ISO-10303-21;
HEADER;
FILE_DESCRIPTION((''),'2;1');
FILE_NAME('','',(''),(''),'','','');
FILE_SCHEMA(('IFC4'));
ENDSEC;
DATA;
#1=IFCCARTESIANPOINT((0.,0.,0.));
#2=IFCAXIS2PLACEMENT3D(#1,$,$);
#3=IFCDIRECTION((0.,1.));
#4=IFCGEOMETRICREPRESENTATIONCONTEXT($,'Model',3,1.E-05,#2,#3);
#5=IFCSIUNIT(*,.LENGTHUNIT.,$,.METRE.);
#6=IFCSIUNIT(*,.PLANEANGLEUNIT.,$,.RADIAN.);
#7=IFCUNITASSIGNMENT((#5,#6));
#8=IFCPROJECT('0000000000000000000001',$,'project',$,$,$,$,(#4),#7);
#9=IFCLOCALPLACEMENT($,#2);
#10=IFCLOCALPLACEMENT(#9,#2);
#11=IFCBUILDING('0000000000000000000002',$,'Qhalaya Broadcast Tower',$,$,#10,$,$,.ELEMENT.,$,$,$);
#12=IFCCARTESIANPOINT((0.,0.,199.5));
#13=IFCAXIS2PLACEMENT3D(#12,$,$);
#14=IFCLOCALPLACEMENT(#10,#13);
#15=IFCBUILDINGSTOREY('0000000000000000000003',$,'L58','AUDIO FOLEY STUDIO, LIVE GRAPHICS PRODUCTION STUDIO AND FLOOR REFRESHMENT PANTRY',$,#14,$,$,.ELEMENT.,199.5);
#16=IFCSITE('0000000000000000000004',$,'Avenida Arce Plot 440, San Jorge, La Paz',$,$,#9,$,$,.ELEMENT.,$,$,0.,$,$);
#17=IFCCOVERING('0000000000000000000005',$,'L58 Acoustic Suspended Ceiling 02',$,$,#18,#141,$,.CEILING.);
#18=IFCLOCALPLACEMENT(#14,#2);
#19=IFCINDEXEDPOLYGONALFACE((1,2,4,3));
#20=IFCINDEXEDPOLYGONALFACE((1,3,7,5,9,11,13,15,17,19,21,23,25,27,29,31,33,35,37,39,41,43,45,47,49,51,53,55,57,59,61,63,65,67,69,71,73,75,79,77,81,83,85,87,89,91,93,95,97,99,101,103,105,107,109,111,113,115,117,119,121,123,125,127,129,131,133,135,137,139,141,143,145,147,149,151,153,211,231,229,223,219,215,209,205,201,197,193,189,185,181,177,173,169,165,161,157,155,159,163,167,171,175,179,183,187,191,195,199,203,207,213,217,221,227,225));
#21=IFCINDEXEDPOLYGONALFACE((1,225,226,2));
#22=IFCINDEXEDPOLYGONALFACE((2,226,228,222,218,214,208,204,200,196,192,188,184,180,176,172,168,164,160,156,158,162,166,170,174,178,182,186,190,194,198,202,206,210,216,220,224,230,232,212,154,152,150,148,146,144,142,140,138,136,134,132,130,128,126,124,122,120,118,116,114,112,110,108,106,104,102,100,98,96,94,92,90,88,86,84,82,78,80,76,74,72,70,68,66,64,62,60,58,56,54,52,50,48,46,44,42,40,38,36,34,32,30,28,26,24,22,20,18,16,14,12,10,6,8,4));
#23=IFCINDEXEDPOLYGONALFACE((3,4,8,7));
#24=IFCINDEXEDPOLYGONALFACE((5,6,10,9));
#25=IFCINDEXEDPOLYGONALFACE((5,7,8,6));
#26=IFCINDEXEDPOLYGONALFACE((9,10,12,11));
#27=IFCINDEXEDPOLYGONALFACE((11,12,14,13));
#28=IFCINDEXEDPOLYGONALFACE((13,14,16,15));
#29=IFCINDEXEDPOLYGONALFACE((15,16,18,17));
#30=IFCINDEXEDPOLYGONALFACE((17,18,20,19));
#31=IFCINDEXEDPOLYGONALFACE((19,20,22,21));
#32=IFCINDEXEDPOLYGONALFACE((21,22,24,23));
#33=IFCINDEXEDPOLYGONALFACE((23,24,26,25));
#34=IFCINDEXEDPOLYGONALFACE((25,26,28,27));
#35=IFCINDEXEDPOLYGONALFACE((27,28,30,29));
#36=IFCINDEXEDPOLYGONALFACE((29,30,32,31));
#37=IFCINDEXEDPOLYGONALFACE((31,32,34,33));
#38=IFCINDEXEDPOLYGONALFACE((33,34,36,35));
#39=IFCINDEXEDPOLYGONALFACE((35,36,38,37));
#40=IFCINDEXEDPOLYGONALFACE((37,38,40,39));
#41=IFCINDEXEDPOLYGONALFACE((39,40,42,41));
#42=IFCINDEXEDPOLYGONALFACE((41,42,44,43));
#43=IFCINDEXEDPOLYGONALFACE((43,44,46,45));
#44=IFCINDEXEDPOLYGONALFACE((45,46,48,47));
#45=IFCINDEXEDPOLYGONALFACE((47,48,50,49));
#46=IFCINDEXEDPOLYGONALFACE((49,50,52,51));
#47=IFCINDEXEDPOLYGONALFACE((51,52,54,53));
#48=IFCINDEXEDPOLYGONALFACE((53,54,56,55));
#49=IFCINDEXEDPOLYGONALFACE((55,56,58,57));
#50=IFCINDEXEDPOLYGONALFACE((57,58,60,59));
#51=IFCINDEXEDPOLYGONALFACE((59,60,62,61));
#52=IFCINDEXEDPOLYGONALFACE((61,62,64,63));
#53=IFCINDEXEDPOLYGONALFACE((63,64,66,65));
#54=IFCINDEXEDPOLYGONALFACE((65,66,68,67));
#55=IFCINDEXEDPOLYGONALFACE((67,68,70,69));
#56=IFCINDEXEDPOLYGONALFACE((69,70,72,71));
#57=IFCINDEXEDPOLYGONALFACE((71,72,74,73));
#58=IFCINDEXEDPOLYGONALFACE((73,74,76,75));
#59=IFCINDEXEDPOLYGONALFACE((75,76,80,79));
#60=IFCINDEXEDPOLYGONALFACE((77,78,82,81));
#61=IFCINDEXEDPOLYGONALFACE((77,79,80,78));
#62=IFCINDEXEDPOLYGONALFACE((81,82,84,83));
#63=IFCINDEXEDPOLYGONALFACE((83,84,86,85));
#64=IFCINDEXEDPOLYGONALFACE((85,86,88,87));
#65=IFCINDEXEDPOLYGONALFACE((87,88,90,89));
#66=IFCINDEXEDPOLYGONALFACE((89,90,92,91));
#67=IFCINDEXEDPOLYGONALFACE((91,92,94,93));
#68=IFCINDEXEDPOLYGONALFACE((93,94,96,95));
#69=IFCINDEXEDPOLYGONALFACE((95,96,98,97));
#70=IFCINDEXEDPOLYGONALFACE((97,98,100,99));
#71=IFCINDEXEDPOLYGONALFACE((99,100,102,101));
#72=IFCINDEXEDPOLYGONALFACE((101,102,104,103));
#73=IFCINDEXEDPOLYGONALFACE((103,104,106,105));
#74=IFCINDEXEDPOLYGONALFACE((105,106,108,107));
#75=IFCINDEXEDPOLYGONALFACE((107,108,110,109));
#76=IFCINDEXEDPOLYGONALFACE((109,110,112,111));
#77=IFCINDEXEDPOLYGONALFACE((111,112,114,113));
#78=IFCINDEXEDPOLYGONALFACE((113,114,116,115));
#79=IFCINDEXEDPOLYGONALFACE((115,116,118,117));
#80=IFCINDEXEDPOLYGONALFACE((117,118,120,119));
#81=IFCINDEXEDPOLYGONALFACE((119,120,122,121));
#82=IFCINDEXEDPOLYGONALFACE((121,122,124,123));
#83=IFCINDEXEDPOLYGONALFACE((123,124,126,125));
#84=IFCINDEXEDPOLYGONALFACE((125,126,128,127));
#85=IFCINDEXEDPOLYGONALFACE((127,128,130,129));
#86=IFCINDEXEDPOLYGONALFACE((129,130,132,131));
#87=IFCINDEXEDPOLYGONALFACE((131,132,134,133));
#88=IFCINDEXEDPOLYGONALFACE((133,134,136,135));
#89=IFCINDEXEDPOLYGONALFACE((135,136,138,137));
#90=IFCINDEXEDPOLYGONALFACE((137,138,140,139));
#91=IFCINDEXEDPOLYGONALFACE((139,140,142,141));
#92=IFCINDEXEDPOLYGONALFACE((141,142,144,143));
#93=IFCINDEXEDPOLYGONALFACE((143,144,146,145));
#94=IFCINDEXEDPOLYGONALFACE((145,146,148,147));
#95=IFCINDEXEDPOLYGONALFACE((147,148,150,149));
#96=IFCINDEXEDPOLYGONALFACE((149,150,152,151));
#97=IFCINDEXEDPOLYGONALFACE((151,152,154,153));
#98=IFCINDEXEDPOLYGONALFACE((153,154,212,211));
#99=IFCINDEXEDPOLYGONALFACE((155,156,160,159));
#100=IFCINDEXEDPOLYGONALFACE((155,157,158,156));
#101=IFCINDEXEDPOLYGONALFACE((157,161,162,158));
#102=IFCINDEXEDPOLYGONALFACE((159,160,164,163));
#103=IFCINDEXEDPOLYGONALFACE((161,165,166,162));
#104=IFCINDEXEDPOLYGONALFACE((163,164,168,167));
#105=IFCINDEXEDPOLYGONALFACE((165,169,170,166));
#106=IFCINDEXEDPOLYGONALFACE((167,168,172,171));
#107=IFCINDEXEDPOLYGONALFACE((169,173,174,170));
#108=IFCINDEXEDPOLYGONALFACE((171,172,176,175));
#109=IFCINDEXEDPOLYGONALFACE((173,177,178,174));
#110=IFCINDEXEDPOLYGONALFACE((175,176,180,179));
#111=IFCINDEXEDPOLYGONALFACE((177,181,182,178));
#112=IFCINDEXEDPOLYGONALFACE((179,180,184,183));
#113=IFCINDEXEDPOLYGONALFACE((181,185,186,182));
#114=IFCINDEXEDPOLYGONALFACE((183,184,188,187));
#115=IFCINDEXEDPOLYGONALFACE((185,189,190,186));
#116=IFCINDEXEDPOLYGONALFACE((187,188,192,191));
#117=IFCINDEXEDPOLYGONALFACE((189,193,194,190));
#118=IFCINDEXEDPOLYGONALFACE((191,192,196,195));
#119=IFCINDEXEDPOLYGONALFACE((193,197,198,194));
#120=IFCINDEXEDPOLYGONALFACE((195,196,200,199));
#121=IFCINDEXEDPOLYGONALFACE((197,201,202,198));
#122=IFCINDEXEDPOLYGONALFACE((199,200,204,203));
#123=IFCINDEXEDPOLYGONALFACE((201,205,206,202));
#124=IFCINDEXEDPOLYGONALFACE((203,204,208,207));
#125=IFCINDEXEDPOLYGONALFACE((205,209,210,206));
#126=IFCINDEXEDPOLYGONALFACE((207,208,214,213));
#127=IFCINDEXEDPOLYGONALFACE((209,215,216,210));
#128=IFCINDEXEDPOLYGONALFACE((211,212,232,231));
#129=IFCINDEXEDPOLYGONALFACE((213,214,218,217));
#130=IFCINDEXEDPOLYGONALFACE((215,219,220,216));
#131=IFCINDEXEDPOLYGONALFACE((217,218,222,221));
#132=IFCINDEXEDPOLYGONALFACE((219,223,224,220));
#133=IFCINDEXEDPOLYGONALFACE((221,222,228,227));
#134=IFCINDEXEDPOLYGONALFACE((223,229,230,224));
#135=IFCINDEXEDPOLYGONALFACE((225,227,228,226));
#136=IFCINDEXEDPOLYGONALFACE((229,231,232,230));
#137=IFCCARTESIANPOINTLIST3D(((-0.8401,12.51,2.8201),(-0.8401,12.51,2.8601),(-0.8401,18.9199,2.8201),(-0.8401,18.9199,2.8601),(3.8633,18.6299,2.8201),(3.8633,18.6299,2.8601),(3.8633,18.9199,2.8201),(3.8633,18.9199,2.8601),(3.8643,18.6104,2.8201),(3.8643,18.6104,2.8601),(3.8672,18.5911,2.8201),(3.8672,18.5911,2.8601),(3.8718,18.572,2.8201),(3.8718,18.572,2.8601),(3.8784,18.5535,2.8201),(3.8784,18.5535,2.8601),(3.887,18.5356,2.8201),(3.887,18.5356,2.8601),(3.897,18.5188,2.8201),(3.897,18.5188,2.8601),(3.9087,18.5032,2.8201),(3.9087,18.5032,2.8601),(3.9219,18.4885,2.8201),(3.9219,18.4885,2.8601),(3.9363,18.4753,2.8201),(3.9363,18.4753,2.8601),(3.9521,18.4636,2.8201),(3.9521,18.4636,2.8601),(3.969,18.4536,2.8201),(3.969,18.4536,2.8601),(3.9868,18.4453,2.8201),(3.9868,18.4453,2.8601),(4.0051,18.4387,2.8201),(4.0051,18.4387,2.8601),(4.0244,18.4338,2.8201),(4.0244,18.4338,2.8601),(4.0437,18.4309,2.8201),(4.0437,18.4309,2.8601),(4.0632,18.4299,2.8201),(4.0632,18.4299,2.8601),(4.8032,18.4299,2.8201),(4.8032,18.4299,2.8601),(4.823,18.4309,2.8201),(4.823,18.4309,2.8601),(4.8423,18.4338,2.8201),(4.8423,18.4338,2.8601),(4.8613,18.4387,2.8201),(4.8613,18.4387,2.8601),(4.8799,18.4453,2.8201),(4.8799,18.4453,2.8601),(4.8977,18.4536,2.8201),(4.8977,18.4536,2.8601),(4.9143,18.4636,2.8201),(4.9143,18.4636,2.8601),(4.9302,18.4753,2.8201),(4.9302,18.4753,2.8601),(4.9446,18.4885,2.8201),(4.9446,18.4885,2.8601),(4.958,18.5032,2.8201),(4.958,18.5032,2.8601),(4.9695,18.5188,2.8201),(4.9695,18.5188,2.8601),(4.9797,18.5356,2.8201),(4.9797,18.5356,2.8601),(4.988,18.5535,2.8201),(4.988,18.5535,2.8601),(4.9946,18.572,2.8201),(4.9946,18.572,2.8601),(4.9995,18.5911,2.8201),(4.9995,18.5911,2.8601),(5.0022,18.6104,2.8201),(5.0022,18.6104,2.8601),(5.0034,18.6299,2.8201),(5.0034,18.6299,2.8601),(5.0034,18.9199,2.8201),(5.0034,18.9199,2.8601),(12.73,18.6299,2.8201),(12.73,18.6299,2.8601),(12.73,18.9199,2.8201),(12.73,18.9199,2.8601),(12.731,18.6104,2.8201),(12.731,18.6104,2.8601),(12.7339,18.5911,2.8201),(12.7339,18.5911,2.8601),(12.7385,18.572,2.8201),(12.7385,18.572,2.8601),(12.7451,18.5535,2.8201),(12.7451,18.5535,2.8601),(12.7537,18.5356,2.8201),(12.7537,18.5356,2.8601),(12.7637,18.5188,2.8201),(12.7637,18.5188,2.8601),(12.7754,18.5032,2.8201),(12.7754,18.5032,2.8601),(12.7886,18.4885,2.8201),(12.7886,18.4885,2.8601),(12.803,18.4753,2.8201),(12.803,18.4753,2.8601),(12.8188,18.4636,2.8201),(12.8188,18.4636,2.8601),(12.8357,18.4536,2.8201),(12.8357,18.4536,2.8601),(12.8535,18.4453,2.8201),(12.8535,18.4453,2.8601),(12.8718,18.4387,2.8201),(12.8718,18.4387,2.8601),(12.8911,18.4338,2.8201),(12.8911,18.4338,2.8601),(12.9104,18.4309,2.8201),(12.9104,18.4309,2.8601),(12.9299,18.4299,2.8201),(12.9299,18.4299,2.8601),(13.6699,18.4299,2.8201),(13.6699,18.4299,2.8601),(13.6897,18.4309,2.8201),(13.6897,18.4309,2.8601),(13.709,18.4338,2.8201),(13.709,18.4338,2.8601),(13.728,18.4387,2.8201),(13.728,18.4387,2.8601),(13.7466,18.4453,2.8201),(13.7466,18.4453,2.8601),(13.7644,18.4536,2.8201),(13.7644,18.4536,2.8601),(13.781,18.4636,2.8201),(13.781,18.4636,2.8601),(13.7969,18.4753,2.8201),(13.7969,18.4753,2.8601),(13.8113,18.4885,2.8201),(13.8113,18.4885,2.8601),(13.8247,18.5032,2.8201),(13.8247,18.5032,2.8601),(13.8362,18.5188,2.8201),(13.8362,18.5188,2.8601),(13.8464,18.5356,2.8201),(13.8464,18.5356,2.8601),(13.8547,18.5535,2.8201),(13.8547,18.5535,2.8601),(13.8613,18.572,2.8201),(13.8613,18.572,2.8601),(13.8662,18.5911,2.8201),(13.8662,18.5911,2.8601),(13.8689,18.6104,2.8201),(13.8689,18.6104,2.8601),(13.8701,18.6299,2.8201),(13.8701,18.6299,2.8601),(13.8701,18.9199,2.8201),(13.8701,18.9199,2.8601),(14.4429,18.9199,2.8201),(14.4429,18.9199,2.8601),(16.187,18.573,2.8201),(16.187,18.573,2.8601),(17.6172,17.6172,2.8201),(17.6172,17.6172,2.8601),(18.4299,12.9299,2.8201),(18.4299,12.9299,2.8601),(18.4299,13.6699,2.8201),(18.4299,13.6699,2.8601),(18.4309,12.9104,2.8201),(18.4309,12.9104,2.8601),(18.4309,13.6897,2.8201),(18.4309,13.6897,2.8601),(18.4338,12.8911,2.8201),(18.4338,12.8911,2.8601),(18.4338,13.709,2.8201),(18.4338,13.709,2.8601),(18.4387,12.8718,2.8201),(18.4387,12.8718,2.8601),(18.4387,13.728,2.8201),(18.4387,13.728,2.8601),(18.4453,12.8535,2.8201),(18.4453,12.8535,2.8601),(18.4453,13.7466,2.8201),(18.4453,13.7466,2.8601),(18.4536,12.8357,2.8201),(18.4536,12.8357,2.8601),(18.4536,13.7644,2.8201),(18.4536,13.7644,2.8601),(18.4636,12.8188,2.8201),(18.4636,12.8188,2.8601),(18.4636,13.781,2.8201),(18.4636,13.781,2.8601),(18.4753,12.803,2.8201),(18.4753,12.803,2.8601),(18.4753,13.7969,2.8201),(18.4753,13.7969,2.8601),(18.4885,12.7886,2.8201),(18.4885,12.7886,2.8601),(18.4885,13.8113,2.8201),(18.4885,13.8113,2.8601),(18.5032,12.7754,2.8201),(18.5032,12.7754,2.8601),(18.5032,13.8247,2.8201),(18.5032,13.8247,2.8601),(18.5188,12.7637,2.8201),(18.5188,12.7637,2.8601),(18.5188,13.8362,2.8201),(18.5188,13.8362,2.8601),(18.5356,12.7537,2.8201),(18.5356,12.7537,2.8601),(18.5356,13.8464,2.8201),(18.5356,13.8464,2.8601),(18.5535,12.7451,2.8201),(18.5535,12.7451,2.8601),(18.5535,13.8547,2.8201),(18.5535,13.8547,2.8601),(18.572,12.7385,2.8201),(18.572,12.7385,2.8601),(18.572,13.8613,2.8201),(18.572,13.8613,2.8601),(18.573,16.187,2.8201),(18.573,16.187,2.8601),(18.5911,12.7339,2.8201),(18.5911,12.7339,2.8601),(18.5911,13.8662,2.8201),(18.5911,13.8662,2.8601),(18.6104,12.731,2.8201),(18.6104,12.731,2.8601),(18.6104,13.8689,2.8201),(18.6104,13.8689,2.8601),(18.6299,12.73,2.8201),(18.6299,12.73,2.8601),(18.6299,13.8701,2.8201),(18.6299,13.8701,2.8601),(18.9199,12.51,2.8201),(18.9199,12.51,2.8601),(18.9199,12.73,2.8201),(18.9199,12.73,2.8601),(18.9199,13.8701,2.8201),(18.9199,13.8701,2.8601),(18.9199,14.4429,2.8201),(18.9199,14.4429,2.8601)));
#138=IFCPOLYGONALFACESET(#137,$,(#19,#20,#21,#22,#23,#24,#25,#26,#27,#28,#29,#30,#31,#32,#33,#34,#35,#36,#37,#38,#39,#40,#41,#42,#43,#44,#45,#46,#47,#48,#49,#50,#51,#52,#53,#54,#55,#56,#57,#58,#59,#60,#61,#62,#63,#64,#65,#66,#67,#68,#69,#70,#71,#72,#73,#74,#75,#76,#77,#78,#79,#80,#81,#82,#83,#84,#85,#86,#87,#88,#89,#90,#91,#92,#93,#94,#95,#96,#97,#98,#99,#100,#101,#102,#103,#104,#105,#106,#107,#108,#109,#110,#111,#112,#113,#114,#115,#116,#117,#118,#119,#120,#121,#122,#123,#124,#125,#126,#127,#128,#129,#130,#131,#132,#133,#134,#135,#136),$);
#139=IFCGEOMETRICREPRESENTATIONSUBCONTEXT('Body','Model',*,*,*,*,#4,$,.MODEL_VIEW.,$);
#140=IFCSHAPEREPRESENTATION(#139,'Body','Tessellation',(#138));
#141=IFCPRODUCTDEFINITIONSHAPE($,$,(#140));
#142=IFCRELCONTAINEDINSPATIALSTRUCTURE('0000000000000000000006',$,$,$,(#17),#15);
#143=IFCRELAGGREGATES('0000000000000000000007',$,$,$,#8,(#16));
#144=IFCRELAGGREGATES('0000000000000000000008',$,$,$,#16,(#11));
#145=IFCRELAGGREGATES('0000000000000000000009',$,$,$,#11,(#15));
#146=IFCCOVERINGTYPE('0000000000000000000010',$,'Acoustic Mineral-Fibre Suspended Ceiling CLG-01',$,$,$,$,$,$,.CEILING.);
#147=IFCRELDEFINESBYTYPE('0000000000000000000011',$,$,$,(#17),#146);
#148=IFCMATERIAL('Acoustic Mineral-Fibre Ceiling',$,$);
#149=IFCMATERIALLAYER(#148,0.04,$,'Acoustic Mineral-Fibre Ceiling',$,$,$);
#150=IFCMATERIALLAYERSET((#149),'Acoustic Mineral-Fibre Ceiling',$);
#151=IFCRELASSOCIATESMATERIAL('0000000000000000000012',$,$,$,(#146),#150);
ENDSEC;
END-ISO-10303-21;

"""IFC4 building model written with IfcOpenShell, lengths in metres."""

from ifc_helpers import new_model, si_unit, direction, frame, origin, place, context, subcontext, project, spatial, polyline, outline, extrude, material, layer, layer_set, type_object, element, save


model = new_model("IFC4")

# Units and contexts
model_context = context("Model", 3, precision=1e-05, world=origin(), true_north=direction((0.0, 1.0)))
body_context = subcontext(model_context, "Body", "Model", "MODEL_VIEW")
ifc_project = project(units=[si_unit("LENGTHUNIT", "METRE"), si_unit("PLANEANGLEUNIT", "RADIAN")], contexts=[model_context])

# Site, building, storey
site_placement = place(None, origin())
site = spatial("IfcSite", under=ifc_project, at=site_placement, Name="Avenida Arce Plot 440, San Jorge, La Paz", CompositionType="ELEMENT", RefElevation=0.0)
building_placement = place(site_placement, origin())
building = spatial("IfcBuilding", under=site, at=building_placement, Name="Qhalaya Broadcast Tower", CompositionType="ELEMENT")
storey_placement = place(building_placement, frame((0.0, 0.0, 199.5)))
storey = spatial("IfcBuildingStorey", under=building, at=storey_placement, Name="L58", Description="AUDIO FOLEY STUDIO, LIVE GRAPHICS PRODUCTION STUDIO AND FLOOR REFRESHMENT PANTRY", CompositionType="ELEMENT", Elevation=199.5)

# Covering
ifc_material_1 = material(Name="Acoustic Mineral-Fibre Ceiling")
ifc_layer_1 = layer(ifc_material_1, 0.04, Name="Acoustic Mineral-Fibre Ceiling")
ifc_layer_set_1 = layer_set([ifc_layer_1], Name="Acoustic Mineral-Fibre Ceiling")
covering_type = type_object("IfcCoveringType", Name="Acoustic Mineral-Fibre Suspended Ceiling CLG-01", PredefinedType="CEILING", material=ifc_layer_set_1)
covering_1_placement = place(storey_placement, frame((0.0, 0.0, 2.8201)))
element("IfcCovering", 1, at=covering_1_placement, inside=storey, type_object=covering_type, Name="L58 Acoustic Suspended Ceiling 02", PredefinedType="CEILING", context=body_context, shape_type="SweptSolid", body=[
    extrude(outline(polyline([(3.8633, 18.9199), (-0.8401, 18.9199), (-0.8401, 12.51), (18.9199, 12.51), (18.9199, 12.73), (18.6299, 12.73), (18.6104, 12.731), (18.5911, 12.7339), (18.572, 12.7385), (18.5535, 12.7451), (18.5356, 12.7537), (18.5188, 12.7637), (18.5032, 12.7754), (18.4885, 12.7886), (18.4753, 12.803), (18.4636, 12.8188), (18.4536, 12.8357), (18.4453, 12.8535), (18.4387, 12.8718), (18.4338, 12.8911), (18.4309, 12.9104), (18.4299, 12.9299), (18.4299, 13.6699), (18.4309, 13.6897), (18.4338, 13.709), (18.4387, 13.728), (18.4453, 13.7466), (18.4536, 13.7644), (18.4636, 13.781), (18.4753, 13.7969), (18.4885, 13.8113), (18.5032, 13.8247), (18.5188, 13.8362), (18.5356, 13.8464), (18.5535, 13.8547), (18.572, 13.8613), (18.5911, 13.8662), (18.6104, 13.8689), (18.6299, 13.8701), (18.9199, 13.8701), (18.9199, 14.4429), (18.573, 16.187), (17.6172, 17.6172), (16.187, 18.573), (14.4429, 18.9199), (13.8701, 18.9199), (13.8701, 18.6299), (13.8689, 18.6104), (13.8662, 18.5911), (13.8613, 18.572), (13.8547, 18.5535), (13.8464, 18.5356), (13.8362, 18.5188), (13.8247, 18.5032), (13.8113, 18.4885), (13.7969, 18.4753), (13.781, 18.4636), (13.7644, 18.4536), (13.7466, 18.4453), (13.728, 18.4387), (13.709, 18.4338), (13.6897, 18.4309), (13.6699, 18.4299), (12.9299, 18.4299), (12.9104, 18.4309), (12.8911, 18.4338), (12.8718, 18.4387), (12.8535, 18.4453), (12.8357, 18.4536), (12.8188, 18.4636), (12.803, 18.4753), (12.7886, 18.4885), (12.7754, 18.5032), (12.7637, 18.5188), (12.7537, 18.5356), (12.7451, 18.5535), (12.7385, 18.572), (12.7339, 18.5911), (12.731, 18.6104), (12.73, 18.6299), (12.73, 18.9199), (5.0034, 18.9199), (5.0034, 18.6299), (5.0022, 18.6104), (4.9995, 18.5911), (4.9946, 18.572), (4.988, 18.5535), (4.9797, 18.5356), (4.9695, 18.5188), (4.958, 18.5032), (4.9446, 18.4885), (4.9302, 18.4753), (4.9143, 18.4636), (4.8977, 18.4536), (4.8799, 18.4453), (4.8613, 18.4387), (4.8423, 18.4338), (4.823, 18.4309), (4.8032, 18.4299), (4.0632, 18.4299), (4.0437, 18.4309), (4.0244, 18.4338), (4.0051, 18.4387), (3.9868, 18.4453), (3.969, 18.4536), (3.9521, 18.4636), (3.9363, 18.4753), (3.9219, 18.4885), (3.9087, 18.5032), (3.897, 18.5188), (3.887, 18.5356), (3.8784, 18.5535), (3.8718, 18.572), (3.8672, 18.5911), (3.8643, 18.6104), (3.8633, 18.6299), (3.8633, 18.9199)])), origin(), (0.0, 0.0, 1.0), 0.04),
])

save(model, "model.ifc")
